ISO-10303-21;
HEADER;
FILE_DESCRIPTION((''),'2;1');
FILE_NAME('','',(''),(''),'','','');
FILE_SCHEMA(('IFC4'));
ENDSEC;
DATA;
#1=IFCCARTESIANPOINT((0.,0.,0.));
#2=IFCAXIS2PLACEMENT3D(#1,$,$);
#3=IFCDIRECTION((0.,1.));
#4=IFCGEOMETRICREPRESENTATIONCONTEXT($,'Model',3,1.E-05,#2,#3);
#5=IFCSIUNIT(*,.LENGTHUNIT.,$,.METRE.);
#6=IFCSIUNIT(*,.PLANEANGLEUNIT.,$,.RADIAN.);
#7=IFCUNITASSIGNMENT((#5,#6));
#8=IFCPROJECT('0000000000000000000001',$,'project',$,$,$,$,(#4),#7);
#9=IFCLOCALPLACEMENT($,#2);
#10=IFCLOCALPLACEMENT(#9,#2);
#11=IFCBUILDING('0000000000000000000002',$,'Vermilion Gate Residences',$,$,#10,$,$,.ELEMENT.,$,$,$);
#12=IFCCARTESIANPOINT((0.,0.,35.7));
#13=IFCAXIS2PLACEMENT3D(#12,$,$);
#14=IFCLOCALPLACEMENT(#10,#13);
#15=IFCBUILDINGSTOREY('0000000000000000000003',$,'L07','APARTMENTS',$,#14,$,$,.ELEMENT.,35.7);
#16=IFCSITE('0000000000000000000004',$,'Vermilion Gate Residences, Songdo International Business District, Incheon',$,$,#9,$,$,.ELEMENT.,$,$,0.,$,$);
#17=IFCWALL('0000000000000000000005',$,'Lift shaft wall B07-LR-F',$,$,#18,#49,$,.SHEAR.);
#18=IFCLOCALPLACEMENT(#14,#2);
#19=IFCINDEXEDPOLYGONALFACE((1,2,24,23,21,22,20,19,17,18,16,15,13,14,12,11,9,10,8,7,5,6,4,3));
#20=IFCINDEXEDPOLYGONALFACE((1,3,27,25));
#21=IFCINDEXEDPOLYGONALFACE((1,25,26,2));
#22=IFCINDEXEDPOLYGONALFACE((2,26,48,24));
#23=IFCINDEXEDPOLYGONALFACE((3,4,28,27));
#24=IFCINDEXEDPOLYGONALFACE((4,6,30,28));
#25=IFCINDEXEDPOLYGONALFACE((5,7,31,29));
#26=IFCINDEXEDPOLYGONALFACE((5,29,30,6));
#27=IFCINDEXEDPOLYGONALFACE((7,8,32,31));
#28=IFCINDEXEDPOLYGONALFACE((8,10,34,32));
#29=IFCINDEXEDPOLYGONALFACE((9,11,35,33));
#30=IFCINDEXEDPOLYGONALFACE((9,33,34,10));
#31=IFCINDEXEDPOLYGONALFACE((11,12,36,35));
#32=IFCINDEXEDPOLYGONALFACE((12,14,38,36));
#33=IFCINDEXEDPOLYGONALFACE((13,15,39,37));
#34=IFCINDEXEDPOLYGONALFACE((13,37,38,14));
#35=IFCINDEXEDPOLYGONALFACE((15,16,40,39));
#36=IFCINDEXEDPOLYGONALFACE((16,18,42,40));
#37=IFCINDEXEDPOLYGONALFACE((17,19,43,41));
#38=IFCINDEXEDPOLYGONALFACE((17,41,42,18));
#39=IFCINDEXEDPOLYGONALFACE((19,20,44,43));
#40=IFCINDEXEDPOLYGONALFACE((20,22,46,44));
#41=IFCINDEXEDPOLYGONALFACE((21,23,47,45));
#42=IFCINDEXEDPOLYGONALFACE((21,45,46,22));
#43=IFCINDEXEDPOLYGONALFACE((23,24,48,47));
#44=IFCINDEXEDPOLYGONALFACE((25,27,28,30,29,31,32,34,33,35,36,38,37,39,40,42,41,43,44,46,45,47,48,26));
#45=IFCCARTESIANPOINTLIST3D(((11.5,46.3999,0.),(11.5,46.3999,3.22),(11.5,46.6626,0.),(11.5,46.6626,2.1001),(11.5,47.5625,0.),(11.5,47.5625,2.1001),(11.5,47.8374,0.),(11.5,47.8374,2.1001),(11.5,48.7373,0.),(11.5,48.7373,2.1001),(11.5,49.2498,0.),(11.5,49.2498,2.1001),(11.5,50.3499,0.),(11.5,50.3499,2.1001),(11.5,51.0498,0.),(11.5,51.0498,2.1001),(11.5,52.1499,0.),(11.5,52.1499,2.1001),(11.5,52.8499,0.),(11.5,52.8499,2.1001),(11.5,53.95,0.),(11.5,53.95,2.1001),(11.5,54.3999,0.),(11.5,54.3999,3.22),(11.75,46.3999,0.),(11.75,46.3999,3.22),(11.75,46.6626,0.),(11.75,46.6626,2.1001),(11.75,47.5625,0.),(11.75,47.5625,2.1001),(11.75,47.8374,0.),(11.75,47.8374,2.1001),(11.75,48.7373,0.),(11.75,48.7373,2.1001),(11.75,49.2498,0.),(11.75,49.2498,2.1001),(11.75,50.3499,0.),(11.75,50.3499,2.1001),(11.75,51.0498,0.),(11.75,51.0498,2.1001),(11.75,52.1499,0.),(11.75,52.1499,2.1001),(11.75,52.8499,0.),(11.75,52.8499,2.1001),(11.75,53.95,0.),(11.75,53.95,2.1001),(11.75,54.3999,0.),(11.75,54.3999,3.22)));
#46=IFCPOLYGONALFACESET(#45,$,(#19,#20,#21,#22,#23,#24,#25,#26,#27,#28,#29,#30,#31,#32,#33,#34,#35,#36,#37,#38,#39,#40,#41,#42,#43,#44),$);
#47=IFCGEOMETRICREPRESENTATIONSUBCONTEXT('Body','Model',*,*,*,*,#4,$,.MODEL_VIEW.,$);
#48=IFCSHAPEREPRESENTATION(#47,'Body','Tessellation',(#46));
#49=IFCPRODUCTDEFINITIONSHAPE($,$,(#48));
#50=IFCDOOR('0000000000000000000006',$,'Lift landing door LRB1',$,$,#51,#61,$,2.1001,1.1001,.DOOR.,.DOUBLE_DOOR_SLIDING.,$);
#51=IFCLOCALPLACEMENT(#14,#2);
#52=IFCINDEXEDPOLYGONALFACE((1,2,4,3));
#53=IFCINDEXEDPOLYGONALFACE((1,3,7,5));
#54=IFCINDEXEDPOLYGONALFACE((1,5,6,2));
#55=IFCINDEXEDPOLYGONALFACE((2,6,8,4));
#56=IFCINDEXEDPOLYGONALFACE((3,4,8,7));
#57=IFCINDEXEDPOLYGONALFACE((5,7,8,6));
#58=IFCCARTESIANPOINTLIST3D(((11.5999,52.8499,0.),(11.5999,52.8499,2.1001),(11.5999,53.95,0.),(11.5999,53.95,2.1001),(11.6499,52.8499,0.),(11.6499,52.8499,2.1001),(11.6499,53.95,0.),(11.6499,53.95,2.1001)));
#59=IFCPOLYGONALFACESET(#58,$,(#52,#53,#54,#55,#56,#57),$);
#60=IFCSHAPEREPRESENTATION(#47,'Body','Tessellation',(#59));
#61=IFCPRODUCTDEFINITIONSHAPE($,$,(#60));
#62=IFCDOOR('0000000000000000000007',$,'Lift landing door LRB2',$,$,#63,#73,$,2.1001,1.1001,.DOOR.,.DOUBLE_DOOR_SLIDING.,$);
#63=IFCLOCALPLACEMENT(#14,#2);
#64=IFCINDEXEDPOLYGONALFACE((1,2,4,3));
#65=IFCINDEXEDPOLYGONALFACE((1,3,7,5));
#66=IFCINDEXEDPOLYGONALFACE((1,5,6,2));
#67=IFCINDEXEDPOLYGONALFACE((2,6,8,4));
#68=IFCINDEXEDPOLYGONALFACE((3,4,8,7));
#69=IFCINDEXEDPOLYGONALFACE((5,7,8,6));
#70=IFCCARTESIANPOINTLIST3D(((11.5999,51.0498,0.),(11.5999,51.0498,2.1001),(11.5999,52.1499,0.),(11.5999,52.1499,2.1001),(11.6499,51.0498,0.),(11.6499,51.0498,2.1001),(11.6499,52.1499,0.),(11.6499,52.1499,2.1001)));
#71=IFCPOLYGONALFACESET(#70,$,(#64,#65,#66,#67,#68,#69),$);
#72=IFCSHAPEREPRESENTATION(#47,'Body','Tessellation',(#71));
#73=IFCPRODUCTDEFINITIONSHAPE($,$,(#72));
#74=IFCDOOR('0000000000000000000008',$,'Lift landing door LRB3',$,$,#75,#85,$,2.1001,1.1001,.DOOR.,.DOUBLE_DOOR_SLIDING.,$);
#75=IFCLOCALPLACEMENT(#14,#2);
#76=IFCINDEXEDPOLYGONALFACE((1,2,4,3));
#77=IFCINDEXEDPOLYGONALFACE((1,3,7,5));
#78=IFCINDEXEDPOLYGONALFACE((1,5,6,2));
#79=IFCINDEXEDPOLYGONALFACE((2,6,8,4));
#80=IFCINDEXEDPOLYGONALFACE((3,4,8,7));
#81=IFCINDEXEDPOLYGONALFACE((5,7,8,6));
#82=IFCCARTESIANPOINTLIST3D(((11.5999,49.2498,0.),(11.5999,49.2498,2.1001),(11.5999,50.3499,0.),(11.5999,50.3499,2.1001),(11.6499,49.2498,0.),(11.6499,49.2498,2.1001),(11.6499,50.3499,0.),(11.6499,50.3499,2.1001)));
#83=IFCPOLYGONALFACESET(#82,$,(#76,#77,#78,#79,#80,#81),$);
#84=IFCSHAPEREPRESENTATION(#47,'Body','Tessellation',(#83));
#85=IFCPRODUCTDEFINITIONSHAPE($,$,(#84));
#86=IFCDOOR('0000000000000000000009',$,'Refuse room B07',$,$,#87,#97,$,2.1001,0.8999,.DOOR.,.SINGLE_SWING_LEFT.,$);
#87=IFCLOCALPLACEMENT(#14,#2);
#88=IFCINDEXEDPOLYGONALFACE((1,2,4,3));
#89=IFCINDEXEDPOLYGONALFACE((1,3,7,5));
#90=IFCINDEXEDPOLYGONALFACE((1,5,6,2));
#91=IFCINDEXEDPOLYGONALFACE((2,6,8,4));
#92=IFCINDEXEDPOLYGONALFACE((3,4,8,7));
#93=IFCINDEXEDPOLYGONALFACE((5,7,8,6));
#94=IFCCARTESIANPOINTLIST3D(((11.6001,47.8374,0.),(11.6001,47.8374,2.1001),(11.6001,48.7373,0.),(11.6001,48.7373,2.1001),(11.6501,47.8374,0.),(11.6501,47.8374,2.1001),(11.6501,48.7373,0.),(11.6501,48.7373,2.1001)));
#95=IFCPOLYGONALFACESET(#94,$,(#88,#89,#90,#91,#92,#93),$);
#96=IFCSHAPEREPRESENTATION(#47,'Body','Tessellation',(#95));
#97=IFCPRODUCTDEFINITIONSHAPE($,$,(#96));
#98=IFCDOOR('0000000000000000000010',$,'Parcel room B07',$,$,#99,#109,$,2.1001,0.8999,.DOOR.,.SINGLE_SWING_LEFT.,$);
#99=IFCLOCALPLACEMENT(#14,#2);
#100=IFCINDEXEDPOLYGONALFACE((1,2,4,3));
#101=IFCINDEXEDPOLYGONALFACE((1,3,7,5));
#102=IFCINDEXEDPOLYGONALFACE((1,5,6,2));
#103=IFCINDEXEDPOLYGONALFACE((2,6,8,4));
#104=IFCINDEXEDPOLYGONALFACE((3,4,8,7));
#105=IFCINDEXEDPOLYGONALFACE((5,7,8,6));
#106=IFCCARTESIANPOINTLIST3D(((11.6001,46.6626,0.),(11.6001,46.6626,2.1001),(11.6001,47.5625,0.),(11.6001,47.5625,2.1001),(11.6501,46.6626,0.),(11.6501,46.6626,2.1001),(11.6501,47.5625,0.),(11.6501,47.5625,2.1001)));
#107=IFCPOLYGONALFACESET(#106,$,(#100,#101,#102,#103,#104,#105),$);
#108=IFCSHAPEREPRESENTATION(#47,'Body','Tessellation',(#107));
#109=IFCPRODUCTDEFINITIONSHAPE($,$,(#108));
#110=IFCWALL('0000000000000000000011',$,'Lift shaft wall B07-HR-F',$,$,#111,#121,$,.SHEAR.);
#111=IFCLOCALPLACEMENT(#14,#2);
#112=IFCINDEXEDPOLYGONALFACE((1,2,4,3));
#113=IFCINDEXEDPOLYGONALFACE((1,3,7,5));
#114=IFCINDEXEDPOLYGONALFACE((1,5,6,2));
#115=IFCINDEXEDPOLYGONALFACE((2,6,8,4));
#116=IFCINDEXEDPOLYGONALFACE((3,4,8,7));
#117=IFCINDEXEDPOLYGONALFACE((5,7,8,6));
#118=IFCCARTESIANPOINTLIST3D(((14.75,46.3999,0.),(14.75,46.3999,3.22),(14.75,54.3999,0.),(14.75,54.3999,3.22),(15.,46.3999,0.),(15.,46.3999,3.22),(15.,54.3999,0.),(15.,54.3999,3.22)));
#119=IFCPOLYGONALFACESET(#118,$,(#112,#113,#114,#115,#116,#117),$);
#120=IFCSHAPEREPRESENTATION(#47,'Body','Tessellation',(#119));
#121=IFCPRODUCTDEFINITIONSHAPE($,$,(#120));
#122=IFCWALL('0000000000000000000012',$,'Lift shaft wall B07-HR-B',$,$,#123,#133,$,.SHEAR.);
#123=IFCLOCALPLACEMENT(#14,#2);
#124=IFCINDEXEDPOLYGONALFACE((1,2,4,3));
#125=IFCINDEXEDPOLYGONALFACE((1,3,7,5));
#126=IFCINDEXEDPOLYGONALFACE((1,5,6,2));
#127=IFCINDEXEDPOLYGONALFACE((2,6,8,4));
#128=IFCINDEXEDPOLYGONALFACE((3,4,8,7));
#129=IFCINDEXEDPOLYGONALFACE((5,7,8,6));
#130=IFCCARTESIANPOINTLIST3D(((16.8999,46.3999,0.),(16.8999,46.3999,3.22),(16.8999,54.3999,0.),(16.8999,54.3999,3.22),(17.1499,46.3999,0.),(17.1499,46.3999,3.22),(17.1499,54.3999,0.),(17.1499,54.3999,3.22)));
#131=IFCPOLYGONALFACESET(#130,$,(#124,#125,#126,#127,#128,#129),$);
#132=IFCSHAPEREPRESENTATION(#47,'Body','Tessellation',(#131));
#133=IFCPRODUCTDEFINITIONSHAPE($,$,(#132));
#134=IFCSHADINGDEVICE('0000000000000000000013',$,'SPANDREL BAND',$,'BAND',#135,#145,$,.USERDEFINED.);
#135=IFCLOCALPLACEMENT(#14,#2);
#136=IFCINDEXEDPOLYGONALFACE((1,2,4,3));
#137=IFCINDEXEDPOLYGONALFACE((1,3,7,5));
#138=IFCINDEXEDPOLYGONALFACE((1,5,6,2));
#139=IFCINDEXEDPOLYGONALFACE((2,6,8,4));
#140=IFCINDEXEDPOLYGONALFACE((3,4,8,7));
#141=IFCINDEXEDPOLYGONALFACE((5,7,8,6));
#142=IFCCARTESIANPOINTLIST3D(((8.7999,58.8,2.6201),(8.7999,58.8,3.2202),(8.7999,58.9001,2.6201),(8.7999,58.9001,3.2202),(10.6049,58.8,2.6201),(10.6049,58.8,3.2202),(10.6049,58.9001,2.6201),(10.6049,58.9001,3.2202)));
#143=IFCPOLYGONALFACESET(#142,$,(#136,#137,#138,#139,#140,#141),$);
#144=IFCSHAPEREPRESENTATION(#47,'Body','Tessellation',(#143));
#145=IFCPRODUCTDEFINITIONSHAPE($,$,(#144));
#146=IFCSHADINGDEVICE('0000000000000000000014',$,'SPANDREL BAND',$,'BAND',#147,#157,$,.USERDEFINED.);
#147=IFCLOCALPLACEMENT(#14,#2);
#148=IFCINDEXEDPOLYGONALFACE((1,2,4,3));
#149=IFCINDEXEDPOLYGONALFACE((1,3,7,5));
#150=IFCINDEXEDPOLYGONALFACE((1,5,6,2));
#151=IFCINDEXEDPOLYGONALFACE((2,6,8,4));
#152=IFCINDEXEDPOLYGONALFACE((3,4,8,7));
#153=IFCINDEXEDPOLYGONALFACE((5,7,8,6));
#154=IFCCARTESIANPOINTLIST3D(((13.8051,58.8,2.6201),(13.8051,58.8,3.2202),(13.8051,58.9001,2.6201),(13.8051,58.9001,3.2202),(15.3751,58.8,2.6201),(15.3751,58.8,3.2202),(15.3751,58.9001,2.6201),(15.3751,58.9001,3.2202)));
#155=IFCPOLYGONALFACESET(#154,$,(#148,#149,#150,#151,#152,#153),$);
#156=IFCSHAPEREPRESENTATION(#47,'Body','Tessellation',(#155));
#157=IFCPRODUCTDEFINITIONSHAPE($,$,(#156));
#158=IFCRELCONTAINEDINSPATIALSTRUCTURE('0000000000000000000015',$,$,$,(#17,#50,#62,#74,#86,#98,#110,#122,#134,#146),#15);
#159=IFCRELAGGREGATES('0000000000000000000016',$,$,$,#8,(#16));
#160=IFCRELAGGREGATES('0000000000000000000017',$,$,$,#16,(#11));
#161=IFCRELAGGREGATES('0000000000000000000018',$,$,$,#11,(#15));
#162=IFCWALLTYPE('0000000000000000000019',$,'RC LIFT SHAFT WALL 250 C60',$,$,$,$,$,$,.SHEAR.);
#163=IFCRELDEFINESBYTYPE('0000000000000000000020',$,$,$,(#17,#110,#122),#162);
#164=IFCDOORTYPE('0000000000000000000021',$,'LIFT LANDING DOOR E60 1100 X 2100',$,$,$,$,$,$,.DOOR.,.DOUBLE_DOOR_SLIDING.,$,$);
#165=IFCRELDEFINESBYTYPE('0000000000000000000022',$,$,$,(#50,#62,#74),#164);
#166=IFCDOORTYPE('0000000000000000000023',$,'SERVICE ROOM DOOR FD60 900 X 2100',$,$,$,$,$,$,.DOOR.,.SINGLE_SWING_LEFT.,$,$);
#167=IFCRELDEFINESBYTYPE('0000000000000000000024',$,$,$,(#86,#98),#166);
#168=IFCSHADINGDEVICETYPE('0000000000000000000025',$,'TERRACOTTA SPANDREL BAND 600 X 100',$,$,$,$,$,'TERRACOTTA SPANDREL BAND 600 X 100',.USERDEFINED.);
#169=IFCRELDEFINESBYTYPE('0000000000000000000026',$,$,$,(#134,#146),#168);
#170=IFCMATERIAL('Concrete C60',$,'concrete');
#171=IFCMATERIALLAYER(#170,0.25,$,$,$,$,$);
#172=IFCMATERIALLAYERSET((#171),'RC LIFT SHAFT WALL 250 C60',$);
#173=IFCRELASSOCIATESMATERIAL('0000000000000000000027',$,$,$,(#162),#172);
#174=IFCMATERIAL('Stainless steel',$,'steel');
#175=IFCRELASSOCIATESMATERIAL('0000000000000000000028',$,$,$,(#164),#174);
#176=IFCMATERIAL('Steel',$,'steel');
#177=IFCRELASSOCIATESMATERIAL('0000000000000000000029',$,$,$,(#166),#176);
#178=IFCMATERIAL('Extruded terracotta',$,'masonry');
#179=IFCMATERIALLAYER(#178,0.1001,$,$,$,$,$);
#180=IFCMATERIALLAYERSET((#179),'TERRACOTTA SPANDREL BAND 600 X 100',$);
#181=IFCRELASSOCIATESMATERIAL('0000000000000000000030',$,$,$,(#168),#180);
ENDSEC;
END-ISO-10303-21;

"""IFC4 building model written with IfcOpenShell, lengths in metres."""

from ifc_helpers import new_model, si_unit, direction, frame, frame_2d, origin, origin_2d, place, context, subcontext, project, spatial, rectangle, extrude, material, layer, layer_set, type_object, element, fill, save


model = new_model("IFC4")

# Units and contexts
model_context = context("Model", 3, precision=1e-05, world=origin(), true_north=direction((0.0, 1.0)))
body_context = subcontext(model_context, "Body", "Model", "MODEL_VIEW")
ifc_project = project(units=[si_unit("LENGTHUNIT", "METRE"), si_unit("PLANEANGLEUNIT", "RADIAN")], contexts=[model_context])

# Site, building, storey
site_placement = place(None, origin())
site = spatial("IfcSite", under=ifc_project, at=site_placement, Name="Vermilion Gate Residences, Songdo International Business District, Incheon", CompositionType="ELEMENT", RefElevation=0.0)
building_placement = place(site_placement, origin())
building = spatial("IfcBuilding", under=site, at=building_placement, Name="Vermilion Gate Residences", CompositionType="ELEMENT")
storey_placement = place(building_placement, frame((0.0, 0.0, 35.7)))
storey = spatial("IfcBuildingStorey", under=building, at=storey_placement, Name="L07", Description="APARTMENTS", CompositionType="ELEMENT", Elevation=35.7)

# Wall, openings, doors
ifc_material_1 = material(Name="Concrete C60", Category="concrete")
ifc_layer_1 = layer(ifc_material_1, 0.25)
ifc_layer_set_1 = layer_set([ifc_layer_1], Name="RC LIFT SHAFT WALL 250 C60")
wall_type_1 = type_object("IfcWallType", Name="RC LIFT SHAFT WALL 250 C60", PredefinedType="SHEAR", material=ifc_layer_set_1)
wall_1_placement = place(storey_placement, frame((11.625, 54.3999, 0.0), z_axis=(0.0, 0.0, 1.0), x_axis=(0.0, -1.0, 0.0)))
wall_1 = element("IfcWall", 1, at=wall_1_placement, inside=storey, type_object=wall_type_1, Name="Lift shaft wall B07-LR-F", PredefinedType="SHEAR", context=body_context, shape_type="SweptSolid", body=[
    extrude(rectangle(XDim=8.0, YDim=0.25, at=frame_2d((4.0, 0.0))), origin(), (0.0, 0.0, 1.0), 3.22),
])
opening_1_placement = place(wall_1_placement, frame((0.45, 0.0, 0.0)))
opening_1 = element("IfcOpeningElement", 2, at=opening_1_placement, cuts=wall_1, PredefinedType="OPENING", context=body_context, shape_type="SweptSolid", body=[
    extrude(rectangle(XDim=1.1001, YDim=2.1001, at=frame_2d((0.55, 1.05))), frame((0.0, 0.135, 0.0), z_axis=(0.0, -1.0, 0.0), x_axis=(1.0, 0.0, 0.0)), (0.0, 0.0, 1.0), 0.27),
])
opening_2_placement = place(wall_1_placement, frame((2.25, 0.0, 0.0)))
opening_2 = element("IfcOpeningElement", 3, at=opening_2_placement, cuts=wall_1, PredefinedType="OPENING", context=body_context, shape_type="SweptSolid", body=[
    extrude(rectangle(XDim=1.1001, YDim=2.1001, at=frame_2d((0.55, 1.05))), frame((0.0, 0.135, 0.0), z_axis=(0.0, -1.0, 0.0), x_axis=(1.0, 0.0, 0.0)), (0.0, 0.0, 1.0), 0.27),
])
opening_3_placement = place(wall_1_placement, frame((4.05, 0.0, 0.0)))
opening_3 = element("IfcOpeningElement", 4, at=opening_3_placement, cuts=wall_1, PredefinedType="OPENING", context=body_context, shape_type="SweptSolid", body=[
    extrude(rectangle(XDim=1.1001, YDim=2.1001, at=frame_2d((0.55, 1.05))), frame((0.0, 0.135, 0.0), z_axis=(0.0, -1.0, 0.0), x_axis=(1.0, 0.0, 0.0)), (0.0, 0.0, 1.0), 0.27),
])
opening_4_placement = place(wall_1_placement, frame((5.6626, 0.0, 0.0)))
opening_4 = element("IfcOpeningElement", 5, at=opening_4_placement, cuts=wall_1, PredefinedType="OPENING", context=body_context, shape_type="SweptSolid", body=[
    extrude(rectangle(XDim=0.8999, YDim=2.1001, at=frame_2d((0.45, 1.05))), frame((0.0, 0.135, 0.0), z_axis=(0.0, -1.0, 0.0), x_axis=(1.0, 0.0, 0.0)), (0.0, 0.0, 1.0), 0.27),
])
opening_5_placement = place(wall_1_placement, frame((6.8374, 0.0, 0.0)))
opening_5 = element("IfcOpeningElement", 6, at=opening_5_placement, cuts=wall_1, PredefinedType="OPENING", context=body_context, shape_type="SweptSolid", body=[
    extrude(rectangle(XDim=0.8999, YDim=2.1001, at=frame_2d((0.45, 1.05))), frame((0.0, 0.135, 0.0), z_axis=(0.0, -1.0, 0.0), x_axis=(1.0, 0.0, 0.0)), (0.0, 0.0, 1.0), 0.27),
])
ifc_material_2 = material(Name="Stainless steel", Category="steel")
door_type_1 = type_object("IfcDoorType", Name="LIFT LANDING DOOR E60 1100 X 2100", OperationType="DOUBLE_DOOR_SLIDING", PredefinedType="DOOR", material=ifc_material_2)
door_1_placement = place(opening_1_placement, origin())
door_1 = element("IfcDoor", 7, at=door_1_placement, inside=storey, type_object=door_type_1, Name="Lift landing door LRB1", OperationType="DOUBLE_DOOR_SLIDING", OverallHeight=2.1001, OverallWidth=1.1001, PredefinedType="DOOR", context=body_context, shape_type="SweptSolid", body=[
    extrude(rectangle(XDim=1.1001, YDim=2.1001, at=frame_2d((0.55, 1.05))), frame((0.0, 0.0249, 0.0), z_axis=(0.0, -1.0, 0.0), x_axis=(1.0, 0.0, 0.0)), (0.0, 0.0, 1.0), 0.05),
])
fill(opening_1, door_1)
door_2_placement = place(opening_2_placement, origin())
door_2 = element("IfcDoor", 8, at=door_2_placement, inside=storey, type_object=door_type_1, Name="Lift landing door LRB2", OperationType="DOUBLE_DOOR_SLIDING", OverallHeight=2.1001, OverallWidth=1.1001, PredefinedType="DOOR", context=body_context, shape_type="SweptSolid", body=[
    extrude(rectangle(XDim=1.1001, YDim=2.1001, at=frame_2d((0.55, 1.05))), frame((0.0, 0.0249, 0.0), z_axis=(0.0, -1.0, 0.0), x_axis=(1.0, 0.0, 0.0)), (0.0, 0.0, 1.0), 0.05),
])
fill(opening_2, door_2)
door_3_placement = place(opening_3_placement, origin())
door_3 = element("IfcDoor", 9, at=door_3_placement, inside=storey, type_object=door_type_1, Name="Lift landing door LRB3", OperationType="DOUBLE_DOOR_SLIDING", OverallHeight=2.1001, OverallWidth=1.1001, PredefinedType="DOOR", context=body_context, shape_type="SweptSolid", body=[
    extrude(rectangle(XDim=1.1001, YDim=2.1001, at=frame_2d((0.55, 1.05))), frame((0.0, 0.0249, 0.0), z_axis=(0.0, -1.0, 0.0), x_axis=(1.0, 0.0, 0.0)), (0.0, 0.0, 1.0), 0.05),
])
fill(opening_3, door_3)
ifc_material_3 = material(Name="Steel", Category="steel")
door_type_2 = type_object("IfcDoorType", Name="SERVICE ROOM DOOR FD60 900 X 2100", OperationType="SINGLE_SWING_LEFT", PredefinedType="DOOR", material=ifc_material_3)
door_4_placement = place(opening_4_placement, frame((0.8999, 0.0, 0.0), z_axis=(0.0, 0.0, 1.0), x_axis=(-1.0, 0.0, 0.0)))
door_4 = element("IfcDoor", 10, at=door_4_placement, inside=storey, type_object=door_type_2, Name="Refuse room B07", OperationType="SINGLE_SWING_LEFT", OverallHeight=2.1001, OverallWidth=0.8999, PredefinedType="DOOR", context=body_context, shape_type="SweptSolid", body=[
    extrude(rectangle(XDim=0.8999, YDim=2.1001, at=frame_2d((0.45, 1.05))), frame((0.0, 0.0249, 0.0), z_axis=(0.0, -1.0, 0.0), x_axis=(1.0, 0.0, 0.0)), (0.0, 0.0, 1.0), 0.05),
])
fill(opening_4, door_4)
door_5_placement = place(opening_5_placement, frame((0.8999, 0.0, 0.0), z_axis=(0.0, 0.0, 1.0), x_axis=(-1.0, 0.0, 0.0)))
door_5 = element("IfcDoor", 11, at=door_5_placement, inside=storey, type_object=door_type_2, Name="Parcel room B07", OperationType="SINGLE_SWING_LEFT", OverallHeight=2.1001, OverallWidth=0.8999, PredefinedType="DOOR", context=body_context, shape_type="SweptSolid", body=[
    extrude(rectangle(XDim=0.8999, YDim=2.1001, at=frame_2d((0.45, 1.05))), frame((0.0, 0.0249, 0.0), z_axis=(0.0, -1.0, 0.0), x_axis=(1.0, 0.0, 0.0)), (0.0, 0.0, 1.0), 0.05),
])
fill(opening_5, door_5)

# Walls
for number, where, z_axis, x_axis, name in (
    (12, (14.875, 54.3999, 0.0), (0.0, 0.0, 1.0), (0.0, -1.0, 0.0), "Lift shaft wall B07-HR-F"),
    (13, (17.0249, 54.3999, 0.0), (0.0, 0.0, 1.0), (0.0, -1.0, 0.0), "Lift shaft wall B07-HR-B"),
):
    element("IfcWall", number, at=place(storey_placement, frame(where, z_axis=z_axis, x_axis=x_axis)), inside=storey, type_object=wall_type_1, Name=name, PredefinedType="SHEAR", context=body_context, shape_type="SweptSolid", body=[
        extrude(rectangle(XDim=8.0, YDim=0.25, at=frame_2d((4.0, 0.0))), origin(), (0.0, 0.0, 1.0), 3.22),
    ])

# Shading devices
ifc_material_4 = material(Name="Extruded terracotta", Category="masonry")
ifc_layer_2 = layer(ifc_material_4, 0.1001)
ifc_layer_set_2 = layer_set([ifc_layer_2], Name="TERRACOTTA SPANDREL BAND 600 X 100")
shading_device_type = type_object("IfcShadingDeviceType", Name="TERRACOTTA SPANDREL BAND 600 X 100", ElementType="TERRACOTTA SPANDREL BAND 600 X 100", PredefinedType="USERDEFINED", material=ifc_layer_set_2)
shading_device_1_placement = place(storey_placement, frame((9.7024, 58.8501, 2.6201), z_axis=(0.0, 0.0, 1.0), x_axis=(1.0, 0.0, 0.0)))
element("IfcShadingDevice", 14, at=shading_device_1_placement, inside=storey, type_object=shading_device_type, Name="SPANDREL BAND", ObjectType="BAND", PredefinedType="USERDEFINED", context=body_context, shape_type="SweptSolid", body=[
    extrude(rectangle(XDim=1.8049, YDim=0.1001, at=origin_2d()), origin(), (0.0, 0.0, 1.0), 0.6001),
])
shading_device_2_placement = place(storey_placement, frame((14.5901, 58.8501, 2.6201), z_axis=(0.0, 0.0, 1.0), x_axis=(1.0, 0.0, 0.0)))
element("IfcShadingDevice", 15, at=shading_device_2_placement, inside=storey, type_object=shading_device_type, Name="SPANDREL BAND", ObjectType="BAND", PredefinedType="USERDEFINED", context=body_context, shape_type="SweptSolid", body=[
    extrude(rectangle(XDim=1.5701, YDim=0.1001, at=origin_2d()), origin(), (0.0, 0.0, 1.0), 0.6001),
])

save(model, "model.ifc")
